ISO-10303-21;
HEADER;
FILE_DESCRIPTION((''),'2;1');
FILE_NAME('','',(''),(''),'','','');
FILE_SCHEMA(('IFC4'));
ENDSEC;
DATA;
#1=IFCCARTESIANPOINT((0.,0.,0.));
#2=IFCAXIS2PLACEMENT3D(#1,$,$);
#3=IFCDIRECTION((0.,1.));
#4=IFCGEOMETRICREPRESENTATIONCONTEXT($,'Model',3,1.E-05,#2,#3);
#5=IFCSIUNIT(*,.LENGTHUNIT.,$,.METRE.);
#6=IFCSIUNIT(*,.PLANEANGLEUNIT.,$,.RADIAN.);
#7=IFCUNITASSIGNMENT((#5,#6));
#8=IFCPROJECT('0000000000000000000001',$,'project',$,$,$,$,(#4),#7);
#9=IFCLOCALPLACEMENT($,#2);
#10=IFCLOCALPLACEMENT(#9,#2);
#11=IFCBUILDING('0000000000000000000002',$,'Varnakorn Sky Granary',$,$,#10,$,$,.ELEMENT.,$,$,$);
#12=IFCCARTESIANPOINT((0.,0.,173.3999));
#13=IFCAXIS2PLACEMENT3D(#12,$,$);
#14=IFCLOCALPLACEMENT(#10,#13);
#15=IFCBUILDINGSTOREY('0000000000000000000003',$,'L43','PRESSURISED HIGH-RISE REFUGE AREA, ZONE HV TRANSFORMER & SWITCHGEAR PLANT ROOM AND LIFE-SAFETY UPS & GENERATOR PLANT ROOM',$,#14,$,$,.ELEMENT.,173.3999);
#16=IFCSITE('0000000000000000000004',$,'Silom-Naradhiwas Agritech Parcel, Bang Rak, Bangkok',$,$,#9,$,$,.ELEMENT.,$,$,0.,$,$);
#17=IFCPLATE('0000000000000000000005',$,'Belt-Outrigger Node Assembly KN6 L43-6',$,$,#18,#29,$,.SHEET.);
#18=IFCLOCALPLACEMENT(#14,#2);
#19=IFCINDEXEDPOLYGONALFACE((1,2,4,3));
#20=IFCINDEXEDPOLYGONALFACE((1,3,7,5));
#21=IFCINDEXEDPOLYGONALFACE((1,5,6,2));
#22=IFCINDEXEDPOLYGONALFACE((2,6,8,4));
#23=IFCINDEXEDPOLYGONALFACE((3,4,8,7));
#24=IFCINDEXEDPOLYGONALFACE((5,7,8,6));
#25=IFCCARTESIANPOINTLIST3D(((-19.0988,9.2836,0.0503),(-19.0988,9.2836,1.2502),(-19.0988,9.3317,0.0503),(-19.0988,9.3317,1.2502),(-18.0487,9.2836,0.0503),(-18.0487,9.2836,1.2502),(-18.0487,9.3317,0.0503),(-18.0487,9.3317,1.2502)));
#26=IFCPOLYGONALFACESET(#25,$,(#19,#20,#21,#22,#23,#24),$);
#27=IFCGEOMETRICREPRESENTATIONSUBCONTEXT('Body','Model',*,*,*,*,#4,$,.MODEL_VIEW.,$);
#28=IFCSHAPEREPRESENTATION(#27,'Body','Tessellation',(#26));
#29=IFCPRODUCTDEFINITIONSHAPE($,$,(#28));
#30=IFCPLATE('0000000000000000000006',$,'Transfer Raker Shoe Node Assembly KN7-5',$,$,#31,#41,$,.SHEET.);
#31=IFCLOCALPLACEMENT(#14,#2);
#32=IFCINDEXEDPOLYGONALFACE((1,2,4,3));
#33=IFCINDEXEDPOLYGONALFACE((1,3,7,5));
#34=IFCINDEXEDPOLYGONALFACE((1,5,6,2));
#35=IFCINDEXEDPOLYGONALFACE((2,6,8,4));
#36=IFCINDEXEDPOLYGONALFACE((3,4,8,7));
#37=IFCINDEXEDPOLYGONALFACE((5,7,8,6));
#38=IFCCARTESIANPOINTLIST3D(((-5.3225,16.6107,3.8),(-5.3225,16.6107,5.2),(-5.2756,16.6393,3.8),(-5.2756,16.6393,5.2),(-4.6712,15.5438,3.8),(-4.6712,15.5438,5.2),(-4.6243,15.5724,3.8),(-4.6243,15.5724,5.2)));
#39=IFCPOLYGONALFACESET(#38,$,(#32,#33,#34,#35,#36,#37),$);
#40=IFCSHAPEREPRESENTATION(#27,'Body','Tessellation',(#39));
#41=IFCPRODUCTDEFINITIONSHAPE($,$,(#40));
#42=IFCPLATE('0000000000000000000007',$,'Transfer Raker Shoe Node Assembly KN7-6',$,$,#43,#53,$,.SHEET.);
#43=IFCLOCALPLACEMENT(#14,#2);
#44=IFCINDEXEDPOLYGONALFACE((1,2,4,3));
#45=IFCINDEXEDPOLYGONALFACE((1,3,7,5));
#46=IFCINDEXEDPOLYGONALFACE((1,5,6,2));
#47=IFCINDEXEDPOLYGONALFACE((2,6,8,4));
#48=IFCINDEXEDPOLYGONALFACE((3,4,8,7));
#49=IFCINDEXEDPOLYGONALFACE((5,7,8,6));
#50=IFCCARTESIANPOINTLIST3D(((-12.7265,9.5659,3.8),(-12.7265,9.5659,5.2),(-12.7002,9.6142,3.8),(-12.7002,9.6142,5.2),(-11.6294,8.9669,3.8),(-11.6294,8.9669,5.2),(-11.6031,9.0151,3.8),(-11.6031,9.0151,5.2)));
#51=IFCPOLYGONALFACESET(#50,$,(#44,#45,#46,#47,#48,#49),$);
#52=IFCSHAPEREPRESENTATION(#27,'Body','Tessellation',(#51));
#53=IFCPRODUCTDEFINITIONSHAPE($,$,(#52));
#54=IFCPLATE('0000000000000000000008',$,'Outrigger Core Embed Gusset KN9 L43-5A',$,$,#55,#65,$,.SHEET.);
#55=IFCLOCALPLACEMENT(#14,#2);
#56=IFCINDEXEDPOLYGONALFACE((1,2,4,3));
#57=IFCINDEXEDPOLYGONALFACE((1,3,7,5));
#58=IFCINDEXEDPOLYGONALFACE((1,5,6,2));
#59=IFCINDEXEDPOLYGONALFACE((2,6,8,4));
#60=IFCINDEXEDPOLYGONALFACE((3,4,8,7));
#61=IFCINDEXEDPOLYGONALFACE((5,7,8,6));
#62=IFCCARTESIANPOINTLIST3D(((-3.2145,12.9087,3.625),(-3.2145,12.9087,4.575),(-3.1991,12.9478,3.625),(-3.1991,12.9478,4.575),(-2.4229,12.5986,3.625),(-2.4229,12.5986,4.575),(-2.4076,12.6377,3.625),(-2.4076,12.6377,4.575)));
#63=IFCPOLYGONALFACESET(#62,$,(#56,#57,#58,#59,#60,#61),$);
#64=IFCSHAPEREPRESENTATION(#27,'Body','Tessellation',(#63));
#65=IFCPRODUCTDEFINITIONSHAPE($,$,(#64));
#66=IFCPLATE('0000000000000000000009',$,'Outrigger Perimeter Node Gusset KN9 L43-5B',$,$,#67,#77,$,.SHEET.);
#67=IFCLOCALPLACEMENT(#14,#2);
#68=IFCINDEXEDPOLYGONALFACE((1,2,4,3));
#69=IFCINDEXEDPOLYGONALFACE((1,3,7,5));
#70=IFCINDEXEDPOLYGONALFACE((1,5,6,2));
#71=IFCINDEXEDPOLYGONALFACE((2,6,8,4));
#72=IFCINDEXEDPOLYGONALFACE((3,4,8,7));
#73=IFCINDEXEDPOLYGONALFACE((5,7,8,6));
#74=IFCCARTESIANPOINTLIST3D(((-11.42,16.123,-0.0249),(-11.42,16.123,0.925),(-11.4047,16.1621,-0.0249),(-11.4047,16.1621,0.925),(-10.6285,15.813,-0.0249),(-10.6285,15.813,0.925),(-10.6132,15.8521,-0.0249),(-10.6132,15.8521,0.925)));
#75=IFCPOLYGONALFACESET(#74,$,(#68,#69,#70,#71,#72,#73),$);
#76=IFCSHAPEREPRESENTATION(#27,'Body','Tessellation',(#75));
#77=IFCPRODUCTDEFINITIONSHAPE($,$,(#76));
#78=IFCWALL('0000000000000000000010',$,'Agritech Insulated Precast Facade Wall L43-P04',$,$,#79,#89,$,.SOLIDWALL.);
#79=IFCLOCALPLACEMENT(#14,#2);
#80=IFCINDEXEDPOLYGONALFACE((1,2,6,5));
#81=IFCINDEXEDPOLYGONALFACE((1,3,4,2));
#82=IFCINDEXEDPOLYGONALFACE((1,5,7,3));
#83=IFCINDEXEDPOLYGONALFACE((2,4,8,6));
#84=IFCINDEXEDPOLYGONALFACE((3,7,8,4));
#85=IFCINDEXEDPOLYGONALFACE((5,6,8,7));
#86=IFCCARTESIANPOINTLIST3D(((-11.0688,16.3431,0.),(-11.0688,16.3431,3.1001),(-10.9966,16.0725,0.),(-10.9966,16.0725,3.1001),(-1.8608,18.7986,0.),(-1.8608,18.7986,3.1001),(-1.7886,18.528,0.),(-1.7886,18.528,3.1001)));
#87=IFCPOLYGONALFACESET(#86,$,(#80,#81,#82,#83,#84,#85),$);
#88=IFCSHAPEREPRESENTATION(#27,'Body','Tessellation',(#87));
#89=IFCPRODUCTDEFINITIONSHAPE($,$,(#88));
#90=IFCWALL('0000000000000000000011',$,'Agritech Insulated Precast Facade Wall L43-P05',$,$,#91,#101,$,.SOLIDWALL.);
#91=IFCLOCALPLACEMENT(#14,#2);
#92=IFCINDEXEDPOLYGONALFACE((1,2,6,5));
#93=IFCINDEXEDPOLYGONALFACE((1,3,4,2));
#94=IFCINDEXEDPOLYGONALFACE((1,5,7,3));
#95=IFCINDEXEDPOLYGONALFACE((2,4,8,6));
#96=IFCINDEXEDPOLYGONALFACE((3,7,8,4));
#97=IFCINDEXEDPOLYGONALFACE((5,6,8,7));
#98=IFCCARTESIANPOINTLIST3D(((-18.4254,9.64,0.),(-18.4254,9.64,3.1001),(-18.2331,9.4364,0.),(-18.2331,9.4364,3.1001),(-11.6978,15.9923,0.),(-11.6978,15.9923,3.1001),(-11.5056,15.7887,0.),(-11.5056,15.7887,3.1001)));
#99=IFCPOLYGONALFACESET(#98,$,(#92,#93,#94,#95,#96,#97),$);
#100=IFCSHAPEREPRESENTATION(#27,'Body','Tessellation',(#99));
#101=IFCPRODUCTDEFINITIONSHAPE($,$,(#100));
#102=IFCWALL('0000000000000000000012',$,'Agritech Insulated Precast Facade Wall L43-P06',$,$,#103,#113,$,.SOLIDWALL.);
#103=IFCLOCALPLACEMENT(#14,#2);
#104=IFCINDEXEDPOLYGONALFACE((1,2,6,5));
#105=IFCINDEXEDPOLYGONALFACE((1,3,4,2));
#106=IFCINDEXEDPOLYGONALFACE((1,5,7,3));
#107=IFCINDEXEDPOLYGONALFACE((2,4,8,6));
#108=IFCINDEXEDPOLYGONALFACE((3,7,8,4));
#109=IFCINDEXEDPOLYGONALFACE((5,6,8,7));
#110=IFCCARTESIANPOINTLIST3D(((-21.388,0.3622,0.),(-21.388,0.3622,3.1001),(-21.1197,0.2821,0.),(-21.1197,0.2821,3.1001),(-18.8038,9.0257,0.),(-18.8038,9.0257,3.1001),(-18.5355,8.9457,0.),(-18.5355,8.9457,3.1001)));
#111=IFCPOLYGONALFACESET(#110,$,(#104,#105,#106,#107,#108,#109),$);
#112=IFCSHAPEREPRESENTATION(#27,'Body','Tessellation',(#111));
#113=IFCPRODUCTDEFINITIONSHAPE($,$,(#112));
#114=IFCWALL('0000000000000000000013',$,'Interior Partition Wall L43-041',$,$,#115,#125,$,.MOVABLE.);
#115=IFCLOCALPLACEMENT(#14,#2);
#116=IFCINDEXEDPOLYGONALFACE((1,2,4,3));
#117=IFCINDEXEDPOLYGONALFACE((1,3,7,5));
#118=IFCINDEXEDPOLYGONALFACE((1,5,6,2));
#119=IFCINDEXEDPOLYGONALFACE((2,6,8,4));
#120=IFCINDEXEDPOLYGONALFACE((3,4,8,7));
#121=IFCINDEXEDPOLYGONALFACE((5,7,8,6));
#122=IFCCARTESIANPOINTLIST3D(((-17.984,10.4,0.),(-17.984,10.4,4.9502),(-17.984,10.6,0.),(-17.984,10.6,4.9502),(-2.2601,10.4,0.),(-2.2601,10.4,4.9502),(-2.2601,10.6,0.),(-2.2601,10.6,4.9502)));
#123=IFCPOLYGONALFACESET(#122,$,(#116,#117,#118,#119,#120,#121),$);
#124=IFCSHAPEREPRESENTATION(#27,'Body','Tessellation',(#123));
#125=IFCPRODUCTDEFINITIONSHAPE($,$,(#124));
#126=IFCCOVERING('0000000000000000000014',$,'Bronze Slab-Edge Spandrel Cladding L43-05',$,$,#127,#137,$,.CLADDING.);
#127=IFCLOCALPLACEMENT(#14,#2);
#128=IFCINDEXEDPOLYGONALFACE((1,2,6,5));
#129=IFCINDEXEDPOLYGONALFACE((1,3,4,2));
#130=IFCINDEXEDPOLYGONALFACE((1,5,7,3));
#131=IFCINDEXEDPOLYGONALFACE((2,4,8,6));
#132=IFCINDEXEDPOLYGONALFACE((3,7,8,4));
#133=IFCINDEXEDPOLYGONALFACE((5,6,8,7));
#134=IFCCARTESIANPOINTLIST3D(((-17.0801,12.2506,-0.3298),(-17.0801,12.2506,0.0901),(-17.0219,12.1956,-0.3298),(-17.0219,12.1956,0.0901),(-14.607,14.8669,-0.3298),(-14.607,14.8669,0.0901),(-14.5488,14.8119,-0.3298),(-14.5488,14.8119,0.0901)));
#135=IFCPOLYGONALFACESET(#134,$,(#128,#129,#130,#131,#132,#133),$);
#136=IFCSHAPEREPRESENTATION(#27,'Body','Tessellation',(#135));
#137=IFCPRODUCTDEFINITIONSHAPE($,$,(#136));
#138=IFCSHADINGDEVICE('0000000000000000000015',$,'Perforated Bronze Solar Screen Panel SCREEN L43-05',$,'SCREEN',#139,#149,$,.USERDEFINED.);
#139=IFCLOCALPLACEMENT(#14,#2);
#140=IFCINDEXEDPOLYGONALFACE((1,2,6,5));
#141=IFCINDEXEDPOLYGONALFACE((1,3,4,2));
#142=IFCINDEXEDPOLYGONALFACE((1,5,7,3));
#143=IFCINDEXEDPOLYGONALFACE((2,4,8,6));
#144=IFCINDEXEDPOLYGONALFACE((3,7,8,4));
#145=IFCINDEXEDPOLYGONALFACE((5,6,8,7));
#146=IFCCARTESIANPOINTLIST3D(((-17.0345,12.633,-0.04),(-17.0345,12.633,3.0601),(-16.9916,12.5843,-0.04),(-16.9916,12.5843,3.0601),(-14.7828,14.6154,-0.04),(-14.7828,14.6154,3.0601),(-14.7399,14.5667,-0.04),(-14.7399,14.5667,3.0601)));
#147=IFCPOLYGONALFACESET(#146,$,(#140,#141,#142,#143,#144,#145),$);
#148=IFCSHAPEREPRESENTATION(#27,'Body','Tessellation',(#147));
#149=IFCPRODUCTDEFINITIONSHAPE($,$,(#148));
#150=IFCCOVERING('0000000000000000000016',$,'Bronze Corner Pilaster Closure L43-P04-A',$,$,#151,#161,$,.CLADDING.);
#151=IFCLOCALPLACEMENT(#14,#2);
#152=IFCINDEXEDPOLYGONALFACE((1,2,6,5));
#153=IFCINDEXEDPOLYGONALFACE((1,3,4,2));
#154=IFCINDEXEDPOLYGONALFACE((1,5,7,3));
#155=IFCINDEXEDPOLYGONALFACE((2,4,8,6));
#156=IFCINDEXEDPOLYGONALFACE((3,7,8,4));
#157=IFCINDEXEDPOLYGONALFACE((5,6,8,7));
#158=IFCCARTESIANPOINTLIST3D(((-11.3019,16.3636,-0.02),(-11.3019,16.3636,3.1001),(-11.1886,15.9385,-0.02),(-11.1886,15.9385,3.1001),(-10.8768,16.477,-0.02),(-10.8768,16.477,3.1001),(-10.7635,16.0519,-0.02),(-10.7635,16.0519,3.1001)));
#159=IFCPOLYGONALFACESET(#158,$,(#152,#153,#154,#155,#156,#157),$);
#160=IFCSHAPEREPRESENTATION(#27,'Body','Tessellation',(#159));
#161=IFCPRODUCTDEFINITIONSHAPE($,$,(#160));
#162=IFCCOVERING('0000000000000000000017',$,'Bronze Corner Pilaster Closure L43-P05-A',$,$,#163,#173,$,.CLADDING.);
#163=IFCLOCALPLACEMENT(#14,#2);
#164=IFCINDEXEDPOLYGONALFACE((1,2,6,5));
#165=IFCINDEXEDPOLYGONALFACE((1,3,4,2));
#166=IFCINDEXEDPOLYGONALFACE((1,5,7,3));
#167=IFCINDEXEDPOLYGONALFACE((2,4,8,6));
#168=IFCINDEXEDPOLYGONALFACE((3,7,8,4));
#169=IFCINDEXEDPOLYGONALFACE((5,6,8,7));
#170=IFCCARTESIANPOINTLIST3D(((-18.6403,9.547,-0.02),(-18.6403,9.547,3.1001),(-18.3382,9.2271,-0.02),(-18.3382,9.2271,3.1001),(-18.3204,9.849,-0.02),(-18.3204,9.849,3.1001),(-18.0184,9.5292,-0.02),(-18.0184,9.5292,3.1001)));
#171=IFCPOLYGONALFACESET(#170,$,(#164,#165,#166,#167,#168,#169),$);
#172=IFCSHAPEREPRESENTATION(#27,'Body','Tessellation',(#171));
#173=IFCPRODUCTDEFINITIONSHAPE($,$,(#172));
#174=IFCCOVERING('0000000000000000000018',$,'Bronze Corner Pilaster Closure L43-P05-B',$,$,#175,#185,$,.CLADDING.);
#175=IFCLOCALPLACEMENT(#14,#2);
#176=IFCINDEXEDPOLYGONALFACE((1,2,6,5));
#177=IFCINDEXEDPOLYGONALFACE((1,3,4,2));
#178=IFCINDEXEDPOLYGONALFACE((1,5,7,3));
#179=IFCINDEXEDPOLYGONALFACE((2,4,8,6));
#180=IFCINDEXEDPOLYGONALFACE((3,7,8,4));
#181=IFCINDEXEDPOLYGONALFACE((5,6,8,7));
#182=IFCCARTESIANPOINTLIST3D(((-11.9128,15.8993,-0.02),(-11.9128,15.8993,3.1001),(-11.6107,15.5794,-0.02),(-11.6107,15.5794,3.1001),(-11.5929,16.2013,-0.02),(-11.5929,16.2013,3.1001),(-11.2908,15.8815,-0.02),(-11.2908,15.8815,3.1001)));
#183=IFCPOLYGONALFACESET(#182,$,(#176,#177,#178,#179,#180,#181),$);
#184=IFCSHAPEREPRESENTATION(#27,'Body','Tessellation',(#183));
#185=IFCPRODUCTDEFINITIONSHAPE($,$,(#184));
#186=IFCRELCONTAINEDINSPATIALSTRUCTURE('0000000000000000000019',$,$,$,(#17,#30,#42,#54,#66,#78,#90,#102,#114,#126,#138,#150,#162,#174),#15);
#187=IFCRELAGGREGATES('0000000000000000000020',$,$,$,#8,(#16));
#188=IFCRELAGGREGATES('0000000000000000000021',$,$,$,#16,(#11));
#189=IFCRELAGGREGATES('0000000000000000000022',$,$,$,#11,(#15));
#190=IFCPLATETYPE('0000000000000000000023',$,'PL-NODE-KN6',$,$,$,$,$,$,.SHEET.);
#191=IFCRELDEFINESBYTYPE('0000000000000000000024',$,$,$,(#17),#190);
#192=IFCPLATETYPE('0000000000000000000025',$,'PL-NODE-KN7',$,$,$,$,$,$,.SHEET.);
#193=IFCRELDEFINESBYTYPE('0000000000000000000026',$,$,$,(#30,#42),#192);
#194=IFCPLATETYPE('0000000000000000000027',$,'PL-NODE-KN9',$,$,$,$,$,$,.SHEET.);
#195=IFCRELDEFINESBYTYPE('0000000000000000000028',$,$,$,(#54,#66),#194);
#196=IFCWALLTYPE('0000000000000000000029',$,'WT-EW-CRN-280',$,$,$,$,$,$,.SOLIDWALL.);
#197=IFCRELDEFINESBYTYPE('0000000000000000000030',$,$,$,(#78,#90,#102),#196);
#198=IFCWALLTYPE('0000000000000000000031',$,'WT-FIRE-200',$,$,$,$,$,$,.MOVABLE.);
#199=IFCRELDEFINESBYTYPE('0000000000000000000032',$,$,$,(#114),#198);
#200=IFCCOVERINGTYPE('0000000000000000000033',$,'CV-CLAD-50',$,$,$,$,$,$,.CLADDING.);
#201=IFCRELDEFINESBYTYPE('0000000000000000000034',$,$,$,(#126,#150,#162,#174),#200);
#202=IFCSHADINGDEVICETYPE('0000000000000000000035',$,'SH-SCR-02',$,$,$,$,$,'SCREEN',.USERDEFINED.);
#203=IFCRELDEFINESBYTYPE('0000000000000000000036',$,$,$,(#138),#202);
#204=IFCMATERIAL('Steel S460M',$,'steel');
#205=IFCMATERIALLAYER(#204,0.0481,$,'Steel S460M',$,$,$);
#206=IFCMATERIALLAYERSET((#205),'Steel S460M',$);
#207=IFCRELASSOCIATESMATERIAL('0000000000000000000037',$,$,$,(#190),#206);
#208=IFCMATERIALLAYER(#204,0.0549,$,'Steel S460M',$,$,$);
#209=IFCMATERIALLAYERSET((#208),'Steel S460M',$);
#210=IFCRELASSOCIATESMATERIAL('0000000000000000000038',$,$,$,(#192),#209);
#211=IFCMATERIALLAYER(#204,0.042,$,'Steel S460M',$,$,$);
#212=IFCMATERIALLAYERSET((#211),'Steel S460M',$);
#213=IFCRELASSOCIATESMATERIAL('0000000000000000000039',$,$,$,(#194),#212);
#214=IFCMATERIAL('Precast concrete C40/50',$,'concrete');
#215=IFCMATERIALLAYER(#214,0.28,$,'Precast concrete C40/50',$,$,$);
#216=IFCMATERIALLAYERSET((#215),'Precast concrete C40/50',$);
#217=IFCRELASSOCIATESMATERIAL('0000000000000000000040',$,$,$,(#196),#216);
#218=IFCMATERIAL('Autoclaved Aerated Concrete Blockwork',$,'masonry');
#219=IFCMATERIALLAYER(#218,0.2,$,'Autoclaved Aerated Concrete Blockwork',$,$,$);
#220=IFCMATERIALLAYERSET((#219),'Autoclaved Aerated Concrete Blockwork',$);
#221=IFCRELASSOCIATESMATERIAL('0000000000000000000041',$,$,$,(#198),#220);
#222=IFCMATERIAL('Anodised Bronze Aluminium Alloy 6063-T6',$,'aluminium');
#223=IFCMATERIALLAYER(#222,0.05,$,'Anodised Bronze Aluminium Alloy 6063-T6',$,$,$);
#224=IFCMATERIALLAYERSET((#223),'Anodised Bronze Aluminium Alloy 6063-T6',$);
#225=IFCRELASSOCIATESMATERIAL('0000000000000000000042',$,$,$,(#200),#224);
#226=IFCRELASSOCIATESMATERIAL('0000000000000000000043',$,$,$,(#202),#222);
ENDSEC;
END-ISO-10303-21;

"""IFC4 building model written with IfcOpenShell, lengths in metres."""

from ifc_helpers import new_model, si_unit, direction, frame, frame_2d, origin, origin_2d, place, context, subcontext, project, spatial, rectangle, extrude, source, transform, mapped, material, layer, layer_set, type_object, type_shapes, element, save


model = new_model("IFC4")

# Units and contexts
model_context = context("Model", 3, precision=1e-05, world=origin(), true_north=direction((0.0, 1.0)))
body_context = subcontext(model_context, "Body", "Model", "MODEL_VIEW")
ifc_project = project(units=[si_unit("LENGTHUNIT", "METRE"), si_unit("PLANEANGLEUNIT", "RADIAN")], contexts=[model_context])

# Site, building, storey
site_placement = place(None, origin())
site = spatial("IfcSite", under=ifc_project, at=site_placement, Name="Silom-Naradhiwas Agritech Parcel, Bang Rak, Bangkok", CompositionType="ELEMENT", RefElevation=0.0)
building_placement = place(site_placement, origin())
building = spatial("IfcBuilding", under=site, at=building_placement, Name="Varnakorn Sky Granary", CompositionType="ELEMENT")
storey_placement = place(building_placement, frame((0.0, 0.0, 173.3999)))
storey = spatial("IfcBuildingStorey", under=building, at=storey_placement, Name="L43", Description="PRESSURISED HIGH-RISE REFUGE AREA, ZONE HV TRANSFORMER & SWITCHGEAR PLANT ROOM AND LIFE-SAFETY UPS & GENERATOR PLANT ROOM", CompositionType="ELEMENT", Elevation=173.3999)

# Shared definitions
ifc_material_1 = material(Name="Steel S460M", Category="steel")

# Plates
ifc_layer_1 = layer(ifc_material_1, 0.0481, Name="Steel S460M")
ifc_layer_set_1 = layer_set([ifc_layer_1], Name="Steel S460M")
plate_type_1 = type_object("IfcPlateType", Name="PL-NODE-KN6", PredefinedType="SHEET", material=ifc_layer_set_1)
plate_placement = place(storey_placement, frame((-18.5737, 9.3076, 0.0503), z_axis=(0.0, 0.0, 1.0), x_axis=(1.0, 0.0, 0.0)))
element("IfcPlate", 1, at=plate_placement, inside=storey, type_object=plate_type_1, Name="Belt-Outrigger Node Assembly KN6 L43-6", PredefinedType="SHEET", context=body_context, shape_type="SweptSolid", body=[
    extrude(rectangle(XDim=1.05, YDim=0.0481, at=origin_2d()), origin(), (0.0, 0.0, 1.0), 1.2),
])
ifc_layer_2 = layer(ifc_material_1, 0.0549, Name="Steel S460M")
ifc_layer_set_2 = layer_set([ifc_layer_2], Name="Steel S460M")
plate_type_2 = type_object("IfcPlateType", Name="PL-NODE-KN7", PredefinedType="SHEET", material=ifc_layer_set_2)
for number, where, z_axis, x_axis, name in (
    (2, (-4.9734, 16.0916, 3.8), (0.0, 0.0, 1.0), (-0.521054, 0.853524, 0.0), "Transfer Raker Shoe Node Assembly KN7-5"),
    (3, (-12.1648, 9.2905, 3.8), (0.0, 0.0, 1.0), (-0.877685, 0.479238, 0.0), "Transfer Raker Shoe Node Assembly KN7-6"),
):
    element("IfcPlate", number, at=place(storey_placement, frame(where, z_axis=z_axis, x_axis=x_axis)), inside=storey, type_object=plate_type_2, Name=name, PredefinedType="SHEET", context=body_context, shape_type="SweptSolid", body=[
        extrude(rectangle(XDim=1.25, YDim=0.0549, at=origin_2d()), origin(), (0.0, 0.0, 1.0), 1.3999),
    ])
ifc_layer_3 = layer(ifc_material_1, 0.042, Name="Steel S460M")
ifc_layer_set_3 = layer_set([ifc_layer_3], Name="Steel S460M")
plate_type_3 = type_object("IfcPlateType", Name="PL-NODE-KN9", PredefinedType="SHEET", material=ifc_layer_set_3)
for number, where, z_axis, x_axis, name in (
    (4, (-2.811, 12.7732, 3.625), (0.0, 0.0, 1.0), (-0.931107, 0.364745, 0.0), "Outrigger Core Embed Gusset KN9 L43-5A"),
    (5, (-11.0166, 15.9875, -0.0249), (0.0, 0.0, 1.0), (-0.931107, 0.364745, 0.0), "Outrigger Perimeter Node Gusset KN9 L43-5B"),
):
    element("IfcPlate", number, at=place(storey_placement, frame(where, z_axis=z_axis, x_axis=x_axis)), inside=storey, type_object=plate_type_3, Name=name, PredefinedType="SHEET", context=body_context, shape_type="SweptSolid", body=[
        extrude(rectangle(XDim=0.8501, YDim=0.042, at=origin_2d()), origin(), (0.0, 0.0, 1.0), 0.95),
    ])

# Walls
ifc_material_2 = material(Name="Precast concrete C40/50", Category="concrete")
ifc_layer_4 = layer(ifc_material_2, 0.28, Name="Precast concrete C40/50")
ifc_layer_set_4 = layer_set([ifc_layer_4], Name="Precast concrete C40/50")
wall_type_1 = type_object("IfcWallType", Name="WT-EW-CRN-280", PredefinedType="SOLIDWALL", material=ifc_layer_set_4)
wall_1_placement = place(storey_placement, frame((-11.0327, 16.2078, 0.0), z_axis=(0.0, 0.0, 1.0), x_axis=(0.966232, 0.257672, 0.0)))
element("IfcWall", 6, at=wall_1_placement, inside=storey, type_object=wall_type_1, Name="Agritech Insulated Precast Facade Wall L43-P04", PredefinedType="SOLIDWALL", context=body_context, shape_type="SweptSolid", body=[
    extrude(rectangle(XDim=9.5298, YDim=0.28, at=frame_2d((4.7649, 0.0))), origin(), (0.0, 0.0, 1.0), 3.1001),
])
wall_2_placement = place(storey_placement, frame((-18.3293, 9.5381, 0.0), z_axis=(0.0, 0.0, 1.0), x_axis=(0.727094, 0.686538, 0.0)))
element("IfcWall", 7, at=wall_2_placement, inside=storey, type_object=wall_type_1, Name="Agritech Insulated Precast Facade Wall L43-P05", PredefinedType="SOLIDWALL", context=body_context, shape_type="SweptSolid", body=[
    extrude(rectangle(XDim=9.2527, YDim=0.28, at=frame_2d((4.6265, 0.0))), origin(), (0.0, 0.0, 1.0), 3.1001),
])
wall_3_placement = place(storey_placement, frame((-21.2539, 0.322, 0.0), z_axis=(0.0, 0.0, 1.0), x_axis=(0.285841, 0.958277, 0.0)))
element("IfcWall", 8, at=wall_3_placement, inside=storey, type_object=wall_type_1, Name="Agritech Insulated Precast Facade Wall L43-P06", PredefinedType="SOLIDWALL", context=body_context, shape_type="SweptSolid", body=[
    extrude(rectangle(XDim=9.0408, YDim=0.28, at=frame_2d((4.5205, 0.0))), origin(), (0.0, 0.0, 1.0), 3.1001),
])
ifc_material_3 = material(Name="Autoclaved Aerated Concrete Blockwork", Category="masonry")
ifc_layer_5 = layer(ifc_material_3, 0.2, Name="Autoclaved Aerated Concrete Blockwork")
ifc_layer_set_5 = layer_set([ifc_layer_5], Name="Autoclaved Aerated Concrete Blockwork")
wall_type_2 = type_object("IfcWallType", Name="WT-FIRE-200", PredefinedType="MOVABLE", material=ifc_layer_set_5)
wall_4_placement = place(storey_placement, frame((-17.9839, 10.5, 0.0), z_axis=(0.0, 0.0, 1.0), x_axis=(1.0, 0.0, 0.0)))
element("IfcWall", 9, at=wall_4_placement, inside=storey, type_object=wall_type_2, Name="Interior Partition Wall L43-041", PredefinedType="MOVABLE", context=body_context, shape_type="SweptSolid", body=[
    extrude(rectangle(XDim=15.7239, YDim=0.2, at=frame_2d((7.8618, 0.0))), origin(), (0.0, 0.0, 1.0), 4.9502),
])

# Covering
ifc_material_4 = material(Name="Anodised Bronze Aluminium Alloy 6063-T6", Category="aluminium")
ifc_layer_6 = layer(ifc_material_4, 0.05, Name="Anodised Bronze Aluminium Alloy 6063-T6")
ifc_layer_set_6 = layer_set([ifc_layer_6], Name="Anodised Bronze Aluminium Alloy 6063-T6")
covering_type = type_object("IfcCoveringType", Name="CV-CLAD-50", PredefinedType="CLADDING", material=ifc_layer_set_6)
shared_shape_1 = source(origin(), body_context, "Body", "SweptSolid", [
    extrude(rectangle(XDim=3.6001, YDim=0.0801, at=origin_2d()), origin(), (0.0, 0.0, 1.0), 0.4199),
])
covering_placement = place(storey_placement, frame((-15.8145, 13.5312, -0.3298), z_axis=(0.0, 0.0, 1.0), x_axis=(-0.686942, -0.726712, 0.0)))
element("IfcCovering", 10, at=covering_placement, inside=storey, type_object=covering_type, Name="Bronze Slab-Edge Spandrel Cladding L43-05", PredefinedType="CLADDING", context=body_context, shape_type="MappedRepresentation", body=[
    mapped(shared_shape_1, transform((0.0, 0.0, 0.0), x_axis=(1.0, 0.0, 0.0), y_axis=(0.0, 1.0, 0.0), z_axis=(0.0, 0.0, 1.0), scale=1.0)),
])

# Shading device
shading_device_type = type_object("IfcShadingDeviceType", Name="SH-SCR-02", ElementType="SCREEN", PredefinedType="USERDEFINED", material=ifc_material_4)
shared_shape_2 = source(origin(), body_context, "Body", "SweptSolid", [
    extrude(rectangle(XDim=3.0, YDim=0.0649, at=origin_2d()), origin(), (0.0, 0.0, 1.0), 3.1001),
])
type_shapes(shading_device_type, [shared_shape_2])
shading_device_placement = place(storey_placement, frame((-15.8872, 13.5999, -0.04), z_axis=(0.0, 0.0, 1.0), x_axis=(-0.750556, -0.660807, 0.0)))
element("IfcShadingDevice", 11, at=shading_device_placement, inside=storey, type_object=shading_device_type, Name="Perforated Bronze Solar Screen Panel SCREEN L43-05", ObjectType="SCREEN", PredefinedType="USERDEFINED", context=body_context, shape_type="MappedRepresentation", body=[
    mapped(shared_shape_2, transform((0.0, 0.0, 0.0), x_axis=(1.0, 0.0, 0.0), y_axis=(0.0, 1.0, 0.0), z_axis=(0.0, 0.0, 1.0), scale=1.0)),
])

# Coverings
shared_shape_3 = source(origin(), body_context, "Body", "SweptSolid", [
    extrude(rectangle(XDim=0.4399, YDim=0.4399, at=origin_2d()), origin(), (0.0, 0.0, 1.0), 3.1201),
])
type_shapes(covering_type, [shared_shape_1, shared_shape_3])
for number, where, z_axis, x_axis, name in (
    (12, (-11.0327, 16.2078, -0.02), (0.0, 0.0, 1.0), (0.966241, 0.257639, 0.0), "Bronze Corner Pilaster Closure L43-P04-A"),
    (13, (-18.3293, 9.5381, -0.02), (0.0, 0.0, 1.0), (0.727054, 0.68658, 0.0), "Bronze Corner Pilaster Closure L43-P05-A"),
    (14, (-11.6018, 15.8904, -0.02), (0.0, 0.0, 1.0), (0.727054, 0.68658, 0.0), "Bronze Corner Pilaster Closure L43-P05-B"),
):
    element("IfcCovering", number, at=place(storey_placement, frame(where, z_axis=z_axis, x_axis=x_axis)), inside=storey, type_object=covering_type, Name=name, PredefinedType="CLADDING", context=body_context, shape_type="MappedRepresentation", body=[
        mapped(shared_shape_3, transform((0.0, 0.0, 0.0), x_axis=(1.0, 0.0, 0.0), y_axis=(0.0, 1.0, 0.0), z_axis=(0.0, 0.0, 1.0), scale=1.0)),
    ])

save(model, "model.ifc")
